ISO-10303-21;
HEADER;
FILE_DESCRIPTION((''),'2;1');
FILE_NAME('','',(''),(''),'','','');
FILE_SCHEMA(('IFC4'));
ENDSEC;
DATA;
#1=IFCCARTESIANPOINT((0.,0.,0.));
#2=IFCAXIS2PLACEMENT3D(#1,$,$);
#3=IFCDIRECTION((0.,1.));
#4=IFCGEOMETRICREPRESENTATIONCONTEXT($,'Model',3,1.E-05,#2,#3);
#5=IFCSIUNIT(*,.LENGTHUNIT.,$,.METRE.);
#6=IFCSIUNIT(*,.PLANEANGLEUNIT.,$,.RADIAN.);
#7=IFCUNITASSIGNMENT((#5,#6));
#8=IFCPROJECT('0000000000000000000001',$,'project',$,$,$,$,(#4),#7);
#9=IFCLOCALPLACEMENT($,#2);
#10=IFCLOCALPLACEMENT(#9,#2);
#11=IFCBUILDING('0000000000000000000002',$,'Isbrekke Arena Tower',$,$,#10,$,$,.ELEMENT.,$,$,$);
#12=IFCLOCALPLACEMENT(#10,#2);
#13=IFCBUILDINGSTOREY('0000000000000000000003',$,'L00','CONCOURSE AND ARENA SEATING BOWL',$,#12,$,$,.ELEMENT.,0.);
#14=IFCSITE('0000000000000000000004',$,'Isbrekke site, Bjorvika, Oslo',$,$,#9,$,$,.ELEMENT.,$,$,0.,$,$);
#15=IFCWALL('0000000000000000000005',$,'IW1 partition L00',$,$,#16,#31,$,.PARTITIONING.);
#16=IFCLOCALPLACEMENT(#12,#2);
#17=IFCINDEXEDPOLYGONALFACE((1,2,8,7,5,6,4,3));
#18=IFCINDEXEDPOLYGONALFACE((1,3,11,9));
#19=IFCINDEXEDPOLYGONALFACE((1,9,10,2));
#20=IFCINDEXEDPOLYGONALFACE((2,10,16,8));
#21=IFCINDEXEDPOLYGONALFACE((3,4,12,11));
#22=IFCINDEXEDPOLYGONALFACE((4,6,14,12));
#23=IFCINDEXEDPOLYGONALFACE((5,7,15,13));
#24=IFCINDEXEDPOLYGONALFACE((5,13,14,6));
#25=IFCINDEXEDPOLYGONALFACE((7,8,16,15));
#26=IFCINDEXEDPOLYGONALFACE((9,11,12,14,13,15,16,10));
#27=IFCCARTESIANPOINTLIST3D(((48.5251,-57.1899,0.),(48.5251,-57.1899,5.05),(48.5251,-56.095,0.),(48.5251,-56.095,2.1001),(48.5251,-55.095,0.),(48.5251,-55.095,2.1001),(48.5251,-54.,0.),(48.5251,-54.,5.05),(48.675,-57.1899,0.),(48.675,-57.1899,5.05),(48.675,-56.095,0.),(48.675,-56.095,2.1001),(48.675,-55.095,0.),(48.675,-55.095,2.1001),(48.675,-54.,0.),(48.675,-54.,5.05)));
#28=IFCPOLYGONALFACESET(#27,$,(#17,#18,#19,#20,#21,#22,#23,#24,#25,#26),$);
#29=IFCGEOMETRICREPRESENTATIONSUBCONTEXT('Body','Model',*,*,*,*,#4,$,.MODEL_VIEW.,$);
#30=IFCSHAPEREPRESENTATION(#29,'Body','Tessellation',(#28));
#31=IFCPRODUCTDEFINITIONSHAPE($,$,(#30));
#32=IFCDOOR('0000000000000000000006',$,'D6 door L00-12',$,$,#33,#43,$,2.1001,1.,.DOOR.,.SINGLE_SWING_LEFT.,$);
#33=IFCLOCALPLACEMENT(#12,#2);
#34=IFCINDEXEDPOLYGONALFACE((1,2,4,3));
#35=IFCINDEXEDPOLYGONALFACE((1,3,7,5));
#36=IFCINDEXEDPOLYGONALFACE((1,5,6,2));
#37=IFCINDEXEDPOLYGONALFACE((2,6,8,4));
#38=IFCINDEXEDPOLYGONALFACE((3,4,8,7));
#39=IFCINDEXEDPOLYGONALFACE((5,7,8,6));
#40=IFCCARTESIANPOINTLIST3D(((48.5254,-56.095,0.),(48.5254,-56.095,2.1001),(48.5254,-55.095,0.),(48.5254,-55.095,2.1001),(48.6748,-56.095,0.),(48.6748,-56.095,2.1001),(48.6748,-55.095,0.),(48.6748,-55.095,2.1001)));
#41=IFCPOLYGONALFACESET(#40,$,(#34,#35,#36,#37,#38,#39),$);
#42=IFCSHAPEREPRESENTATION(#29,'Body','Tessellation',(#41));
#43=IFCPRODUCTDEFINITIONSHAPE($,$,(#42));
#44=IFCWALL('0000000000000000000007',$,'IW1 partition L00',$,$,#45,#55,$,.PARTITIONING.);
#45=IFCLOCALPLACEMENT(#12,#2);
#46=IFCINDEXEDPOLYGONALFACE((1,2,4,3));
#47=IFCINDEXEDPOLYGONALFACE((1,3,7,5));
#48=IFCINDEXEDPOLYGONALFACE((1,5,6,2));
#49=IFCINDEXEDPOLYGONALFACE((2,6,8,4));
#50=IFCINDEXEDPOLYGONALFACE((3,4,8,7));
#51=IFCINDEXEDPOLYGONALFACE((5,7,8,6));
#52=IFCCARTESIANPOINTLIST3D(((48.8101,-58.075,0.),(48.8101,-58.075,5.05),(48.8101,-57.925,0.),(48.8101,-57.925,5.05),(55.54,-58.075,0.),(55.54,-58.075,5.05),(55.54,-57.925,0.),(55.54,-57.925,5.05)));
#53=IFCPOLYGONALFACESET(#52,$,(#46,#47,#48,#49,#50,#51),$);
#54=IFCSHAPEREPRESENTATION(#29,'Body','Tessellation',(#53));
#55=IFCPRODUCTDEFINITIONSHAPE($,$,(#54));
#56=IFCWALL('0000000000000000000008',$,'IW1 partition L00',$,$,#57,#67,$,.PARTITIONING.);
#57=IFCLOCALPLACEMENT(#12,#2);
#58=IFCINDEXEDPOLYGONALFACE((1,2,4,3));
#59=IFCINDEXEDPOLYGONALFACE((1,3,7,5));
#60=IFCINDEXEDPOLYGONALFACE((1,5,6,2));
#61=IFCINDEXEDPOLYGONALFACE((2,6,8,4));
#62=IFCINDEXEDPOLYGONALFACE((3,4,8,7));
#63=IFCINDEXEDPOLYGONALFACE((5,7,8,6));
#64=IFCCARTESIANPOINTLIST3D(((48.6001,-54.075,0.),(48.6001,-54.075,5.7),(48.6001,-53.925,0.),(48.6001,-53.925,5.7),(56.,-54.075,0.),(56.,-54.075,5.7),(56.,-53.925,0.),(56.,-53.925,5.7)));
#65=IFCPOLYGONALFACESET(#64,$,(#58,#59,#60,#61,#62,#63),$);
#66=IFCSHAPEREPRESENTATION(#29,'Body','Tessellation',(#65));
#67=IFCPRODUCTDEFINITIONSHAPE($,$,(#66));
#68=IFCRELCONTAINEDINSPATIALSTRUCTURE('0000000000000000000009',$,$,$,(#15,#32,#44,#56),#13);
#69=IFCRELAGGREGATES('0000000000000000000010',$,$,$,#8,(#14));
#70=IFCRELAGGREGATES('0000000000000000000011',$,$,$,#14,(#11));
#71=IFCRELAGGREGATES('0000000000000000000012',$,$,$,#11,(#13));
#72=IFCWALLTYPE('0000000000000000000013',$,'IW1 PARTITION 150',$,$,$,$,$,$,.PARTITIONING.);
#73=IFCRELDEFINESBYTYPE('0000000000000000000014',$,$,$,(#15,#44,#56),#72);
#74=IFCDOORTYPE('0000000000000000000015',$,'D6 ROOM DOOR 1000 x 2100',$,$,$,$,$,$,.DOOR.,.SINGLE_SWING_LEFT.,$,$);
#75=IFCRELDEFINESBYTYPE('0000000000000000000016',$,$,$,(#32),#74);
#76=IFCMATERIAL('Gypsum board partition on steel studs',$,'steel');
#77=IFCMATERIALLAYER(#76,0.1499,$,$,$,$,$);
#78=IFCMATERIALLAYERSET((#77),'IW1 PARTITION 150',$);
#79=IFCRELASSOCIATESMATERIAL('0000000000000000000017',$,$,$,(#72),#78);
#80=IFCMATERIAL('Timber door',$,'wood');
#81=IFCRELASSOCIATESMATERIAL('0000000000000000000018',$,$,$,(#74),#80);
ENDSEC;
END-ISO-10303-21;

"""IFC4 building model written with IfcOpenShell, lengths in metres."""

from ifc_helpers import new_model, si_unit, direction, frame, frame_2d, origin, place, context, subcontext, project, spatial, rectangle, extrude, material, layer, layer_set, type_object, element, fill, save


model = new_model("IFC4")

# Units and contexts
model_context = context("Model", 3, precision=1e-05, world=origin(), true_north=direction((0.0, 1.0)))
body_context = subcontext(model_context, "Body", "Model", "MODEL_VIEW")
ifc_project = project(units=[si_unit("LENGTHUNIT", "METRE"), si_unit("PLANEANGLEUNIT", "RADIAN")], contexts=[model_context])

# Site, building, storey
site_placement = place(None, origin())
site = spatial("IfcSite", under=ifc_project, at=site_placement, Name="Isbrekke site, Bjorvika, Oslo", CompositionType="ELEMENT", RefElevation=0.0)
building_placement = place(site_placement, origin())
building = spatial("IfcBuilding", under=site, at=building_placement, Name="Isbrekke Arena Tower", CompositionType="ELEMENT")
storey_placement = place(building_placement, origin())
storey = spatial("IfcBuildingStorey", under=building, at=storey_placement, Name="L00", Description="CONCOURSE AND ARENA SEATING BOWL", CompositionType="ELEMENT", Elevation=0.0)

# Wall, opening, door
ifc_material_1 = material(Name="Gypsum board partition on steel studs", Category="steel")
ifc_layer_1 = layer(ifc_material_1, 0.1499)
ifc_layer_set_1 = layer_set([ifc_layer_1], Name="IW1 PARTITION 150")
wall_type = type_object("IfcWallType", Name="IW1 PARTITION 150", PredefinedType="PARTITIONING", material=ifc_layer_set_1)
wall_1_placement = place(storey_placement, frame((48.6001, -57.1899, 0.0), z_axis=(0.0, 0.0, 1.0), x_axis=(0.0, 1.0, 0.0)))
wall_1 = element("IfcWall", 1, at=wall_1_placement, inside=storey, type_object=wall_type, Name="IW1 partition L00", PredefinedType="PARTITIONING", context=body_context, shape_type="SweptSolid", body=[
    extrude(rectangle(XDim=3.1899, YDim=0.1499, at=frame_2d((1.595, 0.0))), origin(), (0.0, 0.0, 1.0), 5.05),
])
opening_placement = place(wall_1_placement, frame((1.095, 0.0, 0.0)))
opening = element("IfcOpeningElement", 2, at=opening_placement, cuts=wall_1, PredefinedType="OPENING", context=body_context, shape_type="SweptSolid", body=[
    extrude(rectangle(XDim=1.0, YDim=2.1001, at=frame_2d((0.5, 1.05))), frame((0.0, 0.0898, 0.0), z_axis=(0.0, -1.0, 0.0), x_axis=(1.0, 0.0, 0.0)), (0.0, 0.0, 1.0), 0.1797),
])
ifc_material_2 = material(Name="Timber door", Category="wood")
door_type = type_object("IfcDoorType", Name="D6 ROOM DOOR 1000 x 2100", OperationType="SINGLE_SWING_LEFT", PredefinedType="DOOR", material=ifc_material_2)
door_placement = place(opening_placement, origin())
door = element("IfcDoor", 3, at=door_placement, inside=storey, type_object=door_type, Name="D6 door L00-12", OperationType="SINGLE_SWING_LEFT", OverallHeight=2.1001, OverallWidth=1.0, PredefinedType="DOOR", context=body_context, shape_type="SweptSolid", body=[
    extrude(rectangle(XDim=1.0, YDim=2.1001, at=frame_2d((0.5, 1.05))), frame((0.0, 0.0747, 0.0), z_axis=(0.0, -1.0, 0.0), x_axis=(1.0, 0.0, 0.0)), (0.0, 0.0, 1.0), 0.1494),
])
fill(opening, door)

# Walls
wall_2_placement = place(storey_placement, frame((48.8101, -58.0, 0.0), z_axis=(0.0, 0.0, 1.0), x_axis=(1.0, 0.0, 0.0)))
element("IfcWall", 4, at=wall_2_placement, inside=storey, type_object=wall_type, Name="IW1 partition L00", PredefinedType="PARTITIONING", context=body_context, shape_type="SweptSolid", body=[
    extrude(rectangle(XDim=6.73, YDim=0.1499, at=frame_2d((3.365, 0.0))), origin(), (0.0, 0.0, 1.0), 5.05),
])
wall_3_placement = place(storey_placement, frame((48.6001, -54.0, 0.0), z_axis=(0.0, 0.0, 1.0), x_axis=(1.0, 0.0, 0.0)))
element("IfcWall", 5, at=wall_3_placement, inside=storey, type_object=wall_type, Name="IW1 partition L00", PredefinedType="PARTITIONING", context=body_context, shape_type="SweptSolid", body=[
    extrude(rectangle(XDim=7.3999, YDim=0.1499, at=frame_2d((3.7, 0.0))), origin(), (0.0, 0.0, 1.0), 5.7),
])

save(model, "model.ifc")
